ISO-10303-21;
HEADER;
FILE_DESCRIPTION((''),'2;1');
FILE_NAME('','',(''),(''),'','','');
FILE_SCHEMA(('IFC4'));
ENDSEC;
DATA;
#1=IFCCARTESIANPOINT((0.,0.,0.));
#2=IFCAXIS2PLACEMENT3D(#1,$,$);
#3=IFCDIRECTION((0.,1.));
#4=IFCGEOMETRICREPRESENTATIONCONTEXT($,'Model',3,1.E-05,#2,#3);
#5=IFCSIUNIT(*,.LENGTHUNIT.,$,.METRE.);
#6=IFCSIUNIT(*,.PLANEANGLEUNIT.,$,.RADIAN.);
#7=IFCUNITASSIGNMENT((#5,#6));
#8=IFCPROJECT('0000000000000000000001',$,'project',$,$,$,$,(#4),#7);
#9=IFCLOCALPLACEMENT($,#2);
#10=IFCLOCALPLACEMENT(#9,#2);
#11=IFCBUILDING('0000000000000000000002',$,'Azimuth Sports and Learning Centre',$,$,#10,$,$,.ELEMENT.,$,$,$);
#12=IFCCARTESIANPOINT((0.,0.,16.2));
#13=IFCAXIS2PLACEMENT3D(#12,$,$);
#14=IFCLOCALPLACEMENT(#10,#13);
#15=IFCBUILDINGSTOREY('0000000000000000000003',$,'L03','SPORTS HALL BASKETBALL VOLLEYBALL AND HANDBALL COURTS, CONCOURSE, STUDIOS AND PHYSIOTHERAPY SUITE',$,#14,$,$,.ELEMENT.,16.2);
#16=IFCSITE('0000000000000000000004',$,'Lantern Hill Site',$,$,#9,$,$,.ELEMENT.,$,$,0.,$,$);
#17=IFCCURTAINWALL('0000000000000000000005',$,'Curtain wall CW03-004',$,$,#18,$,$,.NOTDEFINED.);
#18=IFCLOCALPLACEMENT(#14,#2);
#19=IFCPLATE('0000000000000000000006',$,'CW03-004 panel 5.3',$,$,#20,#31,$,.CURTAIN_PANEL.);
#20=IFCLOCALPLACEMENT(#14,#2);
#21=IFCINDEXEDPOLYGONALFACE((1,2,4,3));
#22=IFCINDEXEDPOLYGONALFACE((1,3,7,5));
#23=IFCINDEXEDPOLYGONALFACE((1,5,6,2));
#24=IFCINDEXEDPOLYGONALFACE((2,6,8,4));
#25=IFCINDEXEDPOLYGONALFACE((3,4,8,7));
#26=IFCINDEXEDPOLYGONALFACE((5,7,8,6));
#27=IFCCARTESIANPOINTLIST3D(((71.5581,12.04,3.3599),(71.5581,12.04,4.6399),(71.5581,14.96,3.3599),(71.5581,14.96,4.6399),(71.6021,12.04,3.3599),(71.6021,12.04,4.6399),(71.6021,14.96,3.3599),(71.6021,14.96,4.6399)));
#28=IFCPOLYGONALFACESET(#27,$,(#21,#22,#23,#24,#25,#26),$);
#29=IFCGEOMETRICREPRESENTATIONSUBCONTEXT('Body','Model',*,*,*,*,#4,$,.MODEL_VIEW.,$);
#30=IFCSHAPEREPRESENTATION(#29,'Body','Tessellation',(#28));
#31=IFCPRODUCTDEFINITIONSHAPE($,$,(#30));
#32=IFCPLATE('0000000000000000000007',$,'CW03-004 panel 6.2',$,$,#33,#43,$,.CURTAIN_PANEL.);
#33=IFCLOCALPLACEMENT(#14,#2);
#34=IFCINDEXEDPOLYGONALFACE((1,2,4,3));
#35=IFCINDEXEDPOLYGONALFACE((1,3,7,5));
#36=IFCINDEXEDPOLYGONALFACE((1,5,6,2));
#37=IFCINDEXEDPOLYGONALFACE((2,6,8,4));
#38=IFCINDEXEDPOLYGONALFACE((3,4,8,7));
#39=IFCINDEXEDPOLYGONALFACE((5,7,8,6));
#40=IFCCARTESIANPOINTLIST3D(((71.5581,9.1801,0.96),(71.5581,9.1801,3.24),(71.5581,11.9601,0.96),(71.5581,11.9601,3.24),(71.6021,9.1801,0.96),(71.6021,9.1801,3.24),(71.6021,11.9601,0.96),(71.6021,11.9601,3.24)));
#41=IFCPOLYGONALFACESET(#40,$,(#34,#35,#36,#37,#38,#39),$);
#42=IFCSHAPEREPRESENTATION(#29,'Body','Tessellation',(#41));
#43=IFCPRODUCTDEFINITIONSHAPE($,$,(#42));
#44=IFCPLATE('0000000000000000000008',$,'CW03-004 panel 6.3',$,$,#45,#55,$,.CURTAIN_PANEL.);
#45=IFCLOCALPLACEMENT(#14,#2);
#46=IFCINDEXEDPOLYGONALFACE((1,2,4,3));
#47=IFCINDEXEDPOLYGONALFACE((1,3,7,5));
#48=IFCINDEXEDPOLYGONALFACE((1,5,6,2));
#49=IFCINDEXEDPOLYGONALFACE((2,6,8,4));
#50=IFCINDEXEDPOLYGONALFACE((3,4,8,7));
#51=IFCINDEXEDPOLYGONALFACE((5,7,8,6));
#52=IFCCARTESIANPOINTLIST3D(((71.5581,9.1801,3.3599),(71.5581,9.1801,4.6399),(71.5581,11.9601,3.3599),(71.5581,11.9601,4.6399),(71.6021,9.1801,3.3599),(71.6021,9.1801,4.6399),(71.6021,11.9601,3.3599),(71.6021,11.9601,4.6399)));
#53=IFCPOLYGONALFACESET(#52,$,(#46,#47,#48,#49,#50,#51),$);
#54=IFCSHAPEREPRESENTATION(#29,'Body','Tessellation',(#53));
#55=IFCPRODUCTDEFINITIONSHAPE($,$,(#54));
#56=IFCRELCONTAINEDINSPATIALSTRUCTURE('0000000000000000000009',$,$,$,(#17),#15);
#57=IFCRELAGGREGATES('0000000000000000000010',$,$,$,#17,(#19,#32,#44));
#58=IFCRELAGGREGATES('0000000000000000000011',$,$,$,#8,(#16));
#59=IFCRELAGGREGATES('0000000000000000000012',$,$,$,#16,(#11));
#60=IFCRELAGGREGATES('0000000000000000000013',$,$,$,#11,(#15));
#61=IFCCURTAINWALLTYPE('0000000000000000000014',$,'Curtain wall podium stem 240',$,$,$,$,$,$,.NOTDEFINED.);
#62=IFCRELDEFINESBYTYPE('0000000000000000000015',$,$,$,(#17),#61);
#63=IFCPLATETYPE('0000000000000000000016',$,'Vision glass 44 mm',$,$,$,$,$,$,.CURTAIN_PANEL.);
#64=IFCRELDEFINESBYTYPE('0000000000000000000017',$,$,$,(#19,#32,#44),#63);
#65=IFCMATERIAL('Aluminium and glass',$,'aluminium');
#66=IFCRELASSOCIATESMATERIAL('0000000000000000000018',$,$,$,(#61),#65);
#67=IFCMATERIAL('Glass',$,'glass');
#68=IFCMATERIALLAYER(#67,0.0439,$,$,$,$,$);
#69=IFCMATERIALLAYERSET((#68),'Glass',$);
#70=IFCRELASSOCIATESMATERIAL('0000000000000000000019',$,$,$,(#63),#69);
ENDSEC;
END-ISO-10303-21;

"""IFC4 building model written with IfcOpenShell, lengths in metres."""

from ifc_helpers import new_model, si_unit, direction, frame, origin, origin_2d, place, context, subcontext, project, spatial, rectangle, extrude, material, layer, layer_set, type_object, element, aggregate, save


model = new_model("IFC4")

# Units and contexts
model_context = context("Model", 3, precision=1e-05, world=origin(), true_north=direction((0.0, 1.0)))
body_context = subcontext(model_context, "Body", "Model", "MODEL_VIEW")
ifc_project = project(units=[si_unit("LENGTHUNIT", "METRE"), si_unit("PLANEANGLEUNIT", "RADIAN")], contexts=[model_context])

# Site, building, storey
site_placement = place(None, origin())
site = spatial("IfcSite", under=ifc_project, at=site_placement, Name="Lantern Hill Site", CompositionType="ELEMENT", RefElevation=0.0)
building_placement = place(site_placement, origin())
building = spatial("IfcBuilding", under=site, at=building_placement, Name="Azimuth Sports and Learning Centre", CompositionType="ELEMENT")
storey_placement = place(building_placement, frame((0.0, 0.0, 16.2)))
storey = spatial("IfcBuildingStorey", under=building, at=storey_placement, Name="L03", Description="SPORTS HALL BASKETBALL VOLLEYBALL AND HANDBALL COURTS, CONCOURSE, STUDIOS AND PHYSIOTHERAPY SUITE", CompositionType="ELEMENT", Elevation=16.2)

# Curtain wall, plates
ifc_material_1 = material(Name="Aluminium and glass", Category="aluminium")
curtain_wall_type = type_object("IfcCurtainWallType", Name="Curtain wall podium stem 240", PredefinedType="NOTDEFINED", material=ifc_material_1)
curtain_wall_placement = place(storey_placement, origin())
curtain_wall = element("IfcCurtainWall", 1, at=curtain_wall_placement, inside=storey, type_object=curtain_wall_type, Name="Curtain wall CW03-004", PredefinedType="NOTDEFINED")
ifc_material_2 = material(Name="Glass", Category="glass")
ifc_layer_1 = layer(ifc_material_2, 0.0439)
ifc_layer_set_1 = layer_set([ifc_layer_1], Name="Glass")
plate_type_1 = type_object("IfcPlateType", Name="Vision glass 44 mm", PredefinedType="CURTAIN_PANEL", material=ifc_layer_set_1)
plate_1_placement = place(storey_placement, frame((71.5801, 13.5, 3.3599), z_axis=(0.0, 0.0, 1.0), x_axis=(0.0, -1.0, 0.0)))
plate_1 = element("IfcPlate", 2, at=plate_1_placement, type_object=plate_type_1, Name="CW03-004 panel 5.3", PredefinedType="CURTAIN_PANEL", context=body_context, shape_type="SweptSolid", body=[
    extrude(rectangle(XDim=2.9199, YDim=0.0439, at=origin_2d()), origin(), (0.0, 0.0, 1.0), 1.28),
])
plate_2_placement = place(storey_placement, frame((71.5801, 10.5701, 0.96), z_axis=(0.0, 0.0, 1.0), x_axis=(0.0, -1.0, 0.0)))
plate_2 = element("IfcPlate", 3, at=plate_2_placement, type_object=plate_type_1, Name="CW03-004 panel 6.2", PredefinedType="CURTAIN_PANEL", context=body_context, shape_type="SweptSolid", body=[
    extrude(rectangle(XDim=2.78, YDim=0.0439, at=origin_2d()), origin(), (0.0, 0.0, 1.0), 2.28),
])
plate_3_placement = place(storey_placement, frame((71.5801, 10.5701, 3.3599), z_axis=(0.0, 0.0, 1.0), x_axis=(0.0, -1.0, 0.0)))
plate_3 = element("IfcPlate", 4, at=plate_3_placement, type_object=plate_type_1, Name="CW03-004 panel 6.3", PredefinedType="CURTAIN_PANEL", context=body_context, shape_type="SweptSolid", body=[
    extrude(rectangle(XDim=2.78, YDim=0.0439, at=origin_2d()), origin(), (0.0, 0.0, 1.0), 1.28),
])
aggregate(curtain_wall, [plate_1, plate_2, plate_3])

save(model, "model.ifc")
